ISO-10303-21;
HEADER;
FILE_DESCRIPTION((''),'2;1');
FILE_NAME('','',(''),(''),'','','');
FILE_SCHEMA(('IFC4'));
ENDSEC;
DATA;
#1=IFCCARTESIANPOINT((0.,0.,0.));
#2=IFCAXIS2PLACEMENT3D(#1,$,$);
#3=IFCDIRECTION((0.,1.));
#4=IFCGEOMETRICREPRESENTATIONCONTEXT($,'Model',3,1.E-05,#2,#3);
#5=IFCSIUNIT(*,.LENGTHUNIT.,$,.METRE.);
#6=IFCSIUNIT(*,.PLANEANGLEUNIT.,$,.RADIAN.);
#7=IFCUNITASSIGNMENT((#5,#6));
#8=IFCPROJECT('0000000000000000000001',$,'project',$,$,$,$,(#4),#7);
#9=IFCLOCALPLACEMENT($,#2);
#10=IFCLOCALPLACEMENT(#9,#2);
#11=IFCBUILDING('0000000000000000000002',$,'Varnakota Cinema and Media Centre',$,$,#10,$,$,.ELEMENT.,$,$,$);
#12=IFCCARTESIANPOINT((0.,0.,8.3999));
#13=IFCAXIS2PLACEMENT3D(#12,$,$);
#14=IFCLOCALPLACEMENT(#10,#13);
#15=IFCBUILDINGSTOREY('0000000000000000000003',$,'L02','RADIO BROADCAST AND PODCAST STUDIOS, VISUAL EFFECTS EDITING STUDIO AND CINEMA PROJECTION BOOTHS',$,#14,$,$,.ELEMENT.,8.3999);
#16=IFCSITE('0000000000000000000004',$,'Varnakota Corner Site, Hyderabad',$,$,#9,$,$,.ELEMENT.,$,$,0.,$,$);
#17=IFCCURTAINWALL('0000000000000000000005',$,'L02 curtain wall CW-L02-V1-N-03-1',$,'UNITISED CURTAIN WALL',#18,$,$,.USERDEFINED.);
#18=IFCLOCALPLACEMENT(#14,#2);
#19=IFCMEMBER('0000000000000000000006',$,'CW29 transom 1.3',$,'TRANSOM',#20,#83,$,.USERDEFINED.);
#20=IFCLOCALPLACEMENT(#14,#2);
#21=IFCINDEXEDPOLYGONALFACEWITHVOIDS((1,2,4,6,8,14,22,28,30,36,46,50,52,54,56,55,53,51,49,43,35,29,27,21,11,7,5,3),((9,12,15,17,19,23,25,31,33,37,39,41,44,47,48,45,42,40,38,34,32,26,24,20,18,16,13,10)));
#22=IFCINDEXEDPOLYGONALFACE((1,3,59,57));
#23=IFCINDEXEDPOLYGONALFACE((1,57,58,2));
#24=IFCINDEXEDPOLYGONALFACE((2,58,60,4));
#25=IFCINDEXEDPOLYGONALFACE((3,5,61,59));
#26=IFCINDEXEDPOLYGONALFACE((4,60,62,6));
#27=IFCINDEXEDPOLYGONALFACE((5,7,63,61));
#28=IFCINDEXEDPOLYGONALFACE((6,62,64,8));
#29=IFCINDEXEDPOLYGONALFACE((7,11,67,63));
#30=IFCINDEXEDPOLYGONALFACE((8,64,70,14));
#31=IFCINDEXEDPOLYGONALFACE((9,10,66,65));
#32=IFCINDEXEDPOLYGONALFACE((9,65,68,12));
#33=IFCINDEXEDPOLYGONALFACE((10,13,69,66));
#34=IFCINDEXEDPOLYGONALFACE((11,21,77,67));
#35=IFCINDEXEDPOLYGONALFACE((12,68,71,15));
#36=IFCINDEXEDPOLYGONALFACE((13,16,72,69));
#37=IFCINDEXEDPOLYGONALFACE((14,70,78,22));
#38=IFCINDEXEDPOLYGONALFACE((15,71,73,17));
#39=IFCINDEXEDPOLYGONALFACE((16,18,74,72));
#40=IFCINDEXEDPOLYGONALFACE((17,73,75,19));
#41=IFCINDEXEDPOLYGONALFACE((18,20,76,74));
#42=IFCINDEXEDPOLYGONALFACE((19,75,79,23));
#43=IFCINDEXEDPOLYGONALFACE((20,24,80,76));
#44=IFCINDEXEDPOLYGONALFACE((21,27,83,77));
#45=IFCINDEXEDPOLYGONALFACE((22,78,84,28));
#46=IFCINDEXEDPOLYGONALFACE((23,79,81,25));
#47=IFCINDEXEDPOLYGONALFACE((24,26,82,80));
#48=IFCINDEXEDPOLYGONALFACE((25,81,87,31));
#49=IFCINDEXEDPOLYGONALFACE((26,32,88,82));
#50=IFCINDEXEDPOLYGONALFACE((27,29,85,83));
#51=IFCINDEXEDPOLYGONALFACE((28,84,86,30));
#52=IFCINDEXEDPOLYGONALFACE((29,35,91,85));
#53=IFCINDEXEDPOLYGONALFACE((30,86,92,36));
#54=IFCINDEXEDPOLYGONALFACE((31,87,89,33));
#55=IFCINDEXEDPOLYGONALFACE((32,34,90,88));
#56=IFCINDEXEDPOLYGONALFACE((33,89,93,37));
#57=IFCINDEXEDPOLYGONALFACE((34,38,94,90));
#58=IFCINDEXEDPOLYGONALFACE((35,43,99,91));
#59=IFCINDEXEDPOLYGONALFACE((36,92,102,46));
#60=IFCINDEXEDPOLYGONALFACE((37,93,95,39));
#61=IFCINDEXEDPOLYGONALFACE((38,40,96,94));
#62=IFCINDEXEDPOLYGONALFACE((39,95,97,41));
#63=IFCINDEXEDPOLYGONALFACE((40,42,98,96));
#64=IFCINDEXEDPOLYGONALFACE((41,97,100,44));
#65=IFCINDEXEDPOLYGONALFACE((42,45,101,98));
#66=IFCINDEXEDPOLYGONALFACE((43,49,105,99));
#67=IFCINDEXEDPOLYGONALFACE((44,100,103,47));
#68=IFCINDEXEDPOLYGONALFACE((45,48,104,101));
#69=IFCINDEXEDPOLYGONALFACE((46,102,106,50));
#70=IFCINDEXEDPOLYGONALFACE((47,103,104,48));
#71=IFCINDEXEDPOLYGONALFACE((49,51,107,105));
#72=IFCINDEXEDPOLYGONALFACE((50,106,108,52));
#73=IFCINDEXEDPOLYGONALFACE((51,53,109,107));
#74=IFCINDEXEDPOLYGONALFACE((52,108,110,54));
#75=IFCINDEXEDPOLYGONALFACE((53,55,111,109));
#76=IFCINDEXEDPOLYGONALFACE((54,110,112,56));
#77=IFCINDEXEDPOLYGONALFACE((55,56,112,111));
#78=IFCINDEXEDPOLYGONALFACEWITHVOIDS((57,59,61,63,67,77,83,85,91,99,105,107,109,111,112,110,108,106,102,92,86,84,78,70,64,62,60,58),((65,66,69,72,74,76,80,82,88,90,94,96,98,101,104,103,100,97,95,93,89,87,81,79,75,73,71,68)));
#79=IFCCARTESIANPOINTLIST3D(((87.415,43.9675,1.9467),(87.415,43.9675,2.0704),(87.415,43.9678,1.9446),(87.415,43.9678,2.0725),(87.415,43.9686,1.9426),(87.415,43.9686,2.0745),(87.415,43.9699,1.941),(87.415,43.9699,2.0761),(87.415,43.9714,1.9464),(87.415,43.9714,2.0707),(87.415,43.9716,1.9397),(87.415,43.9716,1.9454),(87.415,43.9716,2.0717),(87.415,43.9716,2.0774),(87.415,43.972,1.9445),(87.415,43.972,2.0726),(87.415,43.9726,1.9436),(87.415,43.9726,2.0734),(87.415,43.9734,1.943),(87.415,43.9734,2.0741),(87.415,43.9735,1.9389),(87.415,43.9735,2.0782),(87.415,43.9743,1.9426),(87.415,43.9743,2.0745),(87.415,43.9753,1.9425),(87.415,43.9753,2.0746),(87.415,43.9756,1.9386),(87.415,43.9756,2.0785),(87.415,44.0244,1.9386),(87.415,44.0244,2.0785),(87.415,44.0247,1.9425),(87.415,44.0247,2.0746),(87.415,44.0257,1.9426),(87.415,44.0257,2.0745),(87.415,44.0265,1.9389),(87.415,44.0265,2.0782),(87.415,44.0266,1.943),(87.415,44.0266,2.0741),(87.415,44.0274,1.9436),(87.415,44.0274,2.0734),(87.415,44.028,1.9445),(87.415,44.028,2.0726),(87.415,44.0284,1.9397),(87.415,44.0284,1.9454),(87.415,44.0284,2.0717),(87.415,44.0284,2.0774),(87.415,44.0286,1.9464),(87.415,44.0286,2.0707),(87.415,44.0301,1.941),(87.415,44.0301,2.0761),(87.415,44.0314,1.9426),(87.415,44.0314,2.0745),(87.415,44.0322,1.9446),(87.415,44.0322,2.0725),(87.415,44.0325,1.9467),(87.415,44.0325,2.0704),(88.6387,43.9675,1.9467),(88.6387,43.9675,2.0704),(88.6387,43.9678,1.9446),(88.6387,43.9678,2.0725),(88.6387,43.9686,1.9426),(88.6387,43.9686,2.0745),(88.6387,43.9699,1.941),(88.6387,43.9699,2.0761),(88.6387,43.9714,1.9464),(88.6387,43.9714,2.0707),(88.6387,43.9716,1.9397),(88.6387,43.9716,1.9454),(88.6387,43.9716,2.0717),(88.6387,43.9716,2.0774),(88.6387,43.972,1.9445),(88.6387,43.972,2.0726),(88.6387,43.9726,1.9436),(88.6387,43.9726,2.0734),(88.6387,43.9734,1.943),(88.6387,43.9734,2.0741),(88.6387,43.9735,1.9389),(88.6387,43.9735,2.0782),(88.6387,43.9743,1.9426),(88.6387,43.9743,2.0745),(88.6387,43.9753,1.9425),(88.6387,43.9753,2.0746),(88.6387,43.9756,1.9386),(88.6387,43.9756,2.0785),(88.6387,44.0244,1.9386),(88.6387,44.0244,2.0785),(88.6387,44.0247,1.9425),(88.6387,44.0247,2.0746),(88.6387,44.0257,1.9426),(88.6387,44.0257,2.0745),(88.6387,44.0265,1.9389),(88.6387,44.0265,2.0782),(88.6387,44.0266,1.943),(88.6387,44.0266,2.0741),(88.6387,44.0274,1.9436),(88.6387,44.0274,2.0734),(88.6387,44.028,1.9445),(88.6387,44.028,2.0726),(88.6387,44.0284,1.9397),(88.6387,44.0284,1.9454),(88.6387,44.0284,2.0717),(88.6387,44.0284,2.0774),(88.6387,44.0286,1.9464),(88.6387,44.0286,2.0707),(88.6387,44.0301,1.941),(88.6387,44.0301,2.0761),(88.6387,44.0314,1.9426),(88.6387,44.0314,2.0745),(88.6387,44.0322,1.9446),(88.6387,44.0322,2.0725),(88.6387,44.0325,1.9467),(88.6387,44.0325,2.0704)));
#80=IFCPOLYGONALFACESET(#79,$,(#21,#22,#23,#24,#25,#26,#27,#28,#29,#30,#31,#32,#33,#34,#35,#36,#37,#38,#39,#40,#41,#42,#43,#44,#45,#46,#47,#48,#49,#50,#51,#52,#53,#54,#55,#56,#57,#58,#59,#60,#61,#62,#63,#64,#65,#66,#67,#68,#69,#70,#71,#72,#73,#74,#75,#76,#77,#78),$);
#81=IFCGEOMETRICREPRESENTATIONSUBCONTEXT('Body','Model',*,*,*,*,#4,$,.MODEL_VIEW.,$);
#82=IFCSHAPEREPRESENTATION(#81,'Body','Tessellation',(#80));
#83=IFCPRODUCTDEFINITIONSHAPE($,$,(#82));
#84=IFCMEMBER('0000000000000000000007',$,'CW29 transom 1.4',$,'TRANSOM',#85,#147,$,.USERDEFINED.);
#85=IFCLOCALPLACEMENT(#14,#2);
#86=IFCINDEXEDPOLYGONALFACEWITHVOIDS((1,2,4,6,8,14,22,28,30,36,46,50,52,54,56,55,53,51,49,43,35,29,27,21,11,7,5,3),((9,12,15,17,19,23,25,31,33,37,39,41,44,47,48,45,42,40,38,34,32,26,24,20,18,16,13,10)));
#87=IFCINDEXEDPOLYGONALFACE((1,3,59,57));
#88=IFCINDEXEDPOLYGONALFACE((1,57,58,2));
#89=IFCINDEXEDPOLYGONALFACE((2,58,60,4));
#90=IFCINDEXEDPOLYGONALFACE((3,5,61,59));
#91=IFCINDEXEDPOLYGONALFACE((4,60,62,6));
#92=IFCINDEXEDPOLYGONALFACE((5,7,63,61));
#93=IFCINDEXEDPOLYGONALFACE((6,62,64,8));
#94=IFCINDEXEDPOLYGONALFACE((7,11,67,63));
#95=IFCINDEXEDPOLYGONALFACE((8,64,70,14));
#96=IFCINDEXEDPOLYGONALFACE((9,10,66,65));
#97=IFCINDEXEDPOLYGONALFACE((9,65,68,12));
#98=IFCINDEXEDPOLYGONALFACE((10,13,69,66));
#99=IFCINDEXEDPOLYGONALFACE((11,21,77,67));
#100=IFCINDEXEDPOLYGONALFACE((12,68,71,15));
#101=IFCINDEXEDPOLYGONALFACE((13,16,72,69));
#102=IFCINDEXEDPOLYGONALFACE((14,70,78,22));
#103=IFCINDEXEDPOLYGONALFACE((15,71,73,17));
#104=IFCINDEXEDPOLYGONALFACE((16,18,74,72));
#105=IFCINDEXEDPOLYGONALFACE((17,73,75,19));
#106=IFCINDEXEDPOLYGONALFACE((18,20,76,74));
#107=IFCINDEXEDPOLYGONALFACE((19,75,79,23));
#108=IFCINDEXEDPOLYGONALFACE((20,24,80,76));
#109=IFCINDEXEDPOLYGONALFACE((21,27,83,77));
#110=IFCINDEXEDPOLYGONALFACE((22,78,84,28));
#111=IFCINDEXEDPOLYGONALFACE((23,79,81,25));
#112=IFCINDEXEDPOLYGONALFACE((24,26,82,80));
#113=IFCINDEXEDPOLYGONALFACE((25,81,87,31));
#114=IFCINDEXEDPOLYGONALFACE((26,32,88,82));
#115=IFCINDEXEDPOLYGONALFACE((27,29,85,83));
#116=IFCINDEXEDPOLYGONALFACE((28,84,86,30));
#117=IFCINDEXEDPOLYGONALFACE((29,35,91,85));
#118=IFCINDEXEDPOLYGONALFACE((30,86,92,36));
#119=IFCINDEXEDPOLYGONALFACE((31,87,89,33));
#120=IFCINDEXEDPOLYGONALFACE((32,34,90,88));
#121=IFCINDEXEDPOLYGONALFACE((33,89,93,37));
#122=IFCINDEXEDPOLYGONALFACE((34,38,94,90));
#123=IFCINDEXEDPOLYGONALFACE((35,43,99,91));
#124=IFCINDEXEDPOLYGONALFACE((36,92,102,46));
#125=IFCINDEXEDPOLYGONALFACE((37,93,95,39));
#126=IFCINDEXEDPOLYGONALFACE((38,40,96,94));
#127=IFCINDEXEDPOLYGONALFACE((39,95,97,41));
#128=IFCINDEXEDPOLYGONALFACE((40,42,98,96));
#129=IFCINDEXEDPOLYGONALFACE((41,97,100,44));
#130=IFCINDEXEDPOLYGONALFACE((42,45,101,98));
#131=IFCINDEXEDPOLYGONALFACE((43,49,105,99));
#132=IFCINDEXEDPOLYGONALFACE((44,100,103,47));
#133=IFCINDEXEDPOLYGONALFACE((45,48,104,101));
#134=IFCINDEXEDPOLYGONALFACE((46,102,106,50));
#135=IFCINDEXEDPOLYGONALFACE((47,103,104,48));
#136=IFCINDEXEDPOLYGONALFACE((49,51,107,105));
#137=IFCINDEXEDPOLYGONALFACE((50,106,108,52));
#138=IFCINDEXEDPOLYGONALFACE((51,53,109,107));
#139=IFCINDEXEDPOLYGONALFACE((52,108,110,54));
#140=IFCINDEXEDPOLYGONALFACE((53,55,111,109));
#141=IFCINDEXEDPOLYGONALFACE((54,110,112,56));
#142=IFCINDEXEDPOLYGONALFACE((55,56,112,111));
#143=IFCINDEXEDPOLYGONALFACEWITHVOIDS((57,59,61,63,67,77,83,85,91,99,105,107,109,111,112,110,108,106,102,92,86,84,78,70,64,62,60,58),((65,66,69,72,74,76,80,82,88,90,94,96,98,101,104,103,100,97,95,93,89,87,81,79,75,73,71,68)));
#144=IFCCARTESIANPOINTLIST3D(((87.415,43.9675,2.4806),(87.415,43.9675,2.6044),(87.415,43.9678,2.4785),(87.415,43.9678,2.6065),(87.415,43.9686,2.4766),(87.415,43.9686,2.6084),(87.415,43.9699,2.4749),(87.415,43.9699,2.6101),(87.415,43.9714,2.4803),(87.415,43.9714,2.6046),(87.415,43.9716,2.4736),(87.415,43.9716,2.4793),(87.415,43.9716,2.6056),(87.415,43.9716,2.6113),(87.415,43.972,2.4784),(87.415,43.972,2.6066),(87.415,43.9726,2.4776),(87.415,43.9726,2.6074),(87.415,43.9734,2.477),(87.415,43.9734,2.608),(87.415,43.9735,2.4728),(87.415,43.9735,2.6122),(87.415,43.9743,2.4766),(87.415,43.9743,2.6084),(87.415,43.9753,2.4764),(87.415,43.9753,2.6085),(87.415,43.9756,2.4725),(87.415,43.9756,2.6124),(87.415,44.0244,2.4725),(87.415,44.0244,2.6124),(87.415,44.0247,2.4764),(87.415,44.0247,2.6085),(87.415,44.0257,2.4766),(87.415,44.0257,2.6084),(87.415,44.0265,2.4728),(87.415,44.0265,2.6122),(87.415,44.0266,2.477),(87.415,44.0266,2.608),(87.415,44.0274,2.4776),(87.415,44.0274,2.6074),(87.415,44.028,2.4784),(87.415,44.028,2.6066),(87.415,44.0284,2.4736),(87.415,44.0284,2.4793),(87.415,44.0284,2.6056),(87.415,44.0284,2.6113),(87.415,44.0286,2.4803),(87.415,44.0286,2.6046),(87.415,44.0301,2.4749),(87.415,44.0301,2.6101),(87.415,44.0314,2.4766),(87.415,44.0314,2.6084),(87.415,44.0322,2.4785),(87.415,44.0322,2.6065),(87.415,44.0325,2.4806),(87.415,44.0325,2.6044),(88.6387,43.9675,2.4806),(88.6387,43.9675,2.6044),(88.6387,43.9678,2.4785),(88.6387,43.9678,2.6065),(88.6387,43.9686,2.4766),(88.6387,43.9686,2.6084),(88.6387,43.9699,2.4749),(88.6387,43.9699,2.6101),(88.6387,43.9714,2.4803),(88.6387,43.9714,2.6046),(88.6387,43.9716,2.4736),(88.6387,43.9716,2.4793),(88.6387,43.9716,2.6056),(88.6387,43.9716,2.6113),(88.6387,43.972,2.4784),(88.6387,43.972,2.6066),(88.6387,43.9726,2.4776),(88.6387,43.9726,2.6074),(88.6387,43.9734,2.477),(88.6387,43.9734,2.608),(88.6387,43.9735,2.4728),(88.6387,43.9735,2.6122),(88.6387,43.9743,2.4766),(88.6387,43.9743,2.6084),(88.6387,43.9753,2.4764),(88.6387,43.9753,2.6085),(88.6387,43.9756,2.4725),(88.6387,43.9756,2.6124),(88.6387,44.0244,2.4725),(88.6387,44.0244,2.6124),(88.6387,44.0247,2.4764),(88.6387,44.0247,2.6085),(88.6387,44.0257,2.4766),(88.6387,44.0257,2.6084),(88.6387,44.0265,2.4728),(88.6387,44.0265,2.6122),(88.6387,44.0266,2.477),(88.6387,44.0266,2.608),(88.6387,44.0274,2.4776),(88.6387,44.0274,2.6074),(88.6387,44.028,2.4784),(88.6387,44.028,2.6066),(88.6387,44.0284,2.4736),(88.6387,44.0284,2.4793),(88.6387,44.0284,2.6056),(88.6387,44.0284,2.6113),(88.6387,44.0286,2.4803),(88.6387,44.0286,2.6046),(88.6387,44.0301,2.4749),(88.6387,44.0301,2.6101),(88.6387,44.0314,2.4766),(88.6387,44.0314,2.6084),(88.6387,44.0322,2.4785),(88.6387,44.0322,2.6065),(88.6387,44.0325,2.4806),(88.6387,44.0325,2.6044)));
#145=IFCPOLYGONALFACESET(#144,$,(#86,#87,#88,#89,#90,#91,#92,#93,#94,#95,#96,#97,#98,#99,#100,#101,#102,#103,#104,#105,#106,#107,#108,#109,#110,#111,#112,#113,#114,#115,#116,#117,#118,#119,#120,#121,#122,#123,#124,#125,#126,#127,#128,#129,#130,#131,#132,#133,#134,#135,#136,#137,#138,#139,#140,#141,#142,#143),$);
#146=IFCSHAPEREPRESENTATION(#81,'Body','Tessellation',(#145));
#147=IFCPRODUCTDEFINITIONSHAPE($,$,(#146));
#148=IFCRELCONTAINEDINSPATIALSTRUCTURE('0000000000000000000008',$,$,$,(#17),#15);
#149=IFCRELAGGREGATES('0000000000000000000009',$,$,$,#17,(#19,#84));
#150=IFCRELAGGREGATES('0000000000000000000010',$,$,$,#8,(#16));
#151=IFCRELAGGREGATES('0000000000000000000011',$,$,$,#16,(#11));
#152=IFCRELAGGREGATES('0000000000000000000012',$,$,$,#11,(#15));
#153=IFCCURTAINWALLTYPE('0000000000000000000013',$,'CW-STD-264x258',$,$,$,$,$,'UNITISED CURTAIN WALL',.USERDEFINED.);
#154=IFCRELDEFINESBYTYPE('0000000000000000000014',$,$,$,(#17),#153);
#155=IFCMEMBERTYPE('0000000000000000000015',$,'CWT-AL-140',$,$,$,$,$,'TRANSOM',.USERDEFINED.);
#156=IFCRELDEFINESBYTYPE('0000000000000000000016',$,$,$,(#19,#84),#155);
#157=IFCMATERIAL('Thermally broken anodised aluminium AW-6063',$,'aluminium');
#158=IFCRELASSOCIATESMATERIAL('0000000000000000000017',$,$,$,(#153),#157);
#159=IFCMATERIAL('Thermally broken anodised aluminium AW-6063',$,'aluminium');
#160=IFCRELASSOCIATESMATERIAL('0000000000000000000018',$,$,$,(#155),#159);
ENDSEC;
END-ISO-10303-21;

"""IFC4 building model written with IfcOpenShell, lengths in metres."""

from ifc_helpers import new_model, si_unit, direction, frame, origin, origin_2d, place, context, subcontext, project, spatial, hollow_rectangle, extrude, material, material_profile, profile_set, type_object, element, aggregate, save


model = new_model("IFC4")

# Units and contexts
model_context = context("Model", 3, precision=1e-05, world=origin(), true_north=direction((0.0, 1.0)))
body_context = subcontext(model_context, "Body", "Model", "MODEL_VIEW")
ifc_project = project(units=[si_unit("LENGTHUNIT", "METRE"), si_unit("PLANEANGLEUNIT", "RADIAN")], contexts=[model_context])

# Site, building, storey
site_placement = place(None, origin())
site = spatial("IfcSite", under=ifc_project, at=site_placement, Name="Varnakota Corner Site, Hyderabad", CompositionType="ELEMENT", RefElevation=0.0)
building_placement = place(site_placement, origin())
building = spatial("IfcBuilding", under=site, at=building_placement, Name="Varnakota Cinema and Media Centre", CompositionType="ELEMENT")
storey_placement = place(building_placement, frame((0.0, 0.0, 8.3999)))
storey = spatial("IfcBuildingStorey", under=building, at=storey_placement, Name="L02", Description="RADIO BROADCAST AND PODCAST STUDIOS, VISUAL EFFECTS EDITING STUDIO AND CINEMA PROJECTION BOOTHS", CompositionType="ELEMENT", Elevation=8.3999)

# Shared definitions
ifc_material_1 = material(Name="Thermally broken anodised aluminium AW-6063", Category="aluminium")
curtain_wall_type = type_object("IfcCurtainWallType", Name="CW-STD-264x258", ElementType="UNITISED CURTAIN WALL", PredefinedType="USERDEFINED", material=ifc_material_1)

# Curtain wall
curtain_wall_1_placement = place(storey_placement, origin())
curtain_wall_1 = element("IfcCurtainWall", 1, at=curtain_wall_1_placement, inside=storey, type_object=curtain_wall_type, Name="L02 curtain wall CW-L02-V1-N-03-1", ObjectType="UNITISED CURTAIN WALL", PredefinedType="USERDEFINED")

# Members
ifc_material_2 = material(Name="Thermally broken anodised aluminium AW-6063", Category="aluminium")
ifc_material_profile_1 = material_profile(ifc_material_2, hollow_rectangle(XDim=0.0649, YDim=0.1399, WallThickness=0.0039, InnerFilletRadius=0.0039, OuterFilletRadius=0.0081, at=origin_2d()), Name="AL-TRANSOM 140x65x4")
ifc_profile_set_1 = profile_set([ifc_material_profile_1], Name="Thermally broken anodised aluminium AW-6063")
member_type_1 = type_object("IfcMemberType", Name="CWT-AL-140", ElementType="TRANSOM", PredefinedType="USERDEFINED", material=ifc_profile_set_1)
member_1_placement = place(storey_placement, frame((87.415, 44.0, 2.0085), z_axis=(1.0, 0.0, 0.0), x_axis=(0.0, 1.0, 0.0)))
member_1 = element("IfcMember", 2, at=member_1_placement, type_object=member_type_1, Name="CW29 transom 1.3", ObjectType="TRANSOM", PredefinedType="USERDEFINED", context=body_context, shape_type="SweptSolid", body=[
    extrude(hollow_rectangle(XDim=0.0649, YDim=0.1399, WallThickness=0.0039, InnerFilletRadius=0.0039, OuterFilletRadius=0.0081, at=origin_2d()), origin(), (0.0, 0.0, 1.0), 1.2236),
])
member_2_placement = place(storey_placement, frame((87.415, 44.0, 2.5425), z_axis=(1.0, 0.0, 0.0), x_axis=(0.0, 1.0, 0.0)))
member_2 = element("IfcMember", 3, at=member_2_placement, type_object=member_type_1, Name="CW29 transom 1.4", ObjectType="TRANSOM", PredefinedType="USERDEFINED", context=body_context, shape_type="SweptSolid", body=[
    extrude(hollow_rectangle(XDim=0.0649, YDim=0.1399, WallThickness=0.0039, InnerFilletRadius=0.0039, OuterFilletRadius=0.0081, at=origin_2d()), origin(), (0.0, 0.0, 1.0), 1.2236),
])

aggregate(curtain_wall_1, [member_1, member_2])

save(model, "model.ifc")
